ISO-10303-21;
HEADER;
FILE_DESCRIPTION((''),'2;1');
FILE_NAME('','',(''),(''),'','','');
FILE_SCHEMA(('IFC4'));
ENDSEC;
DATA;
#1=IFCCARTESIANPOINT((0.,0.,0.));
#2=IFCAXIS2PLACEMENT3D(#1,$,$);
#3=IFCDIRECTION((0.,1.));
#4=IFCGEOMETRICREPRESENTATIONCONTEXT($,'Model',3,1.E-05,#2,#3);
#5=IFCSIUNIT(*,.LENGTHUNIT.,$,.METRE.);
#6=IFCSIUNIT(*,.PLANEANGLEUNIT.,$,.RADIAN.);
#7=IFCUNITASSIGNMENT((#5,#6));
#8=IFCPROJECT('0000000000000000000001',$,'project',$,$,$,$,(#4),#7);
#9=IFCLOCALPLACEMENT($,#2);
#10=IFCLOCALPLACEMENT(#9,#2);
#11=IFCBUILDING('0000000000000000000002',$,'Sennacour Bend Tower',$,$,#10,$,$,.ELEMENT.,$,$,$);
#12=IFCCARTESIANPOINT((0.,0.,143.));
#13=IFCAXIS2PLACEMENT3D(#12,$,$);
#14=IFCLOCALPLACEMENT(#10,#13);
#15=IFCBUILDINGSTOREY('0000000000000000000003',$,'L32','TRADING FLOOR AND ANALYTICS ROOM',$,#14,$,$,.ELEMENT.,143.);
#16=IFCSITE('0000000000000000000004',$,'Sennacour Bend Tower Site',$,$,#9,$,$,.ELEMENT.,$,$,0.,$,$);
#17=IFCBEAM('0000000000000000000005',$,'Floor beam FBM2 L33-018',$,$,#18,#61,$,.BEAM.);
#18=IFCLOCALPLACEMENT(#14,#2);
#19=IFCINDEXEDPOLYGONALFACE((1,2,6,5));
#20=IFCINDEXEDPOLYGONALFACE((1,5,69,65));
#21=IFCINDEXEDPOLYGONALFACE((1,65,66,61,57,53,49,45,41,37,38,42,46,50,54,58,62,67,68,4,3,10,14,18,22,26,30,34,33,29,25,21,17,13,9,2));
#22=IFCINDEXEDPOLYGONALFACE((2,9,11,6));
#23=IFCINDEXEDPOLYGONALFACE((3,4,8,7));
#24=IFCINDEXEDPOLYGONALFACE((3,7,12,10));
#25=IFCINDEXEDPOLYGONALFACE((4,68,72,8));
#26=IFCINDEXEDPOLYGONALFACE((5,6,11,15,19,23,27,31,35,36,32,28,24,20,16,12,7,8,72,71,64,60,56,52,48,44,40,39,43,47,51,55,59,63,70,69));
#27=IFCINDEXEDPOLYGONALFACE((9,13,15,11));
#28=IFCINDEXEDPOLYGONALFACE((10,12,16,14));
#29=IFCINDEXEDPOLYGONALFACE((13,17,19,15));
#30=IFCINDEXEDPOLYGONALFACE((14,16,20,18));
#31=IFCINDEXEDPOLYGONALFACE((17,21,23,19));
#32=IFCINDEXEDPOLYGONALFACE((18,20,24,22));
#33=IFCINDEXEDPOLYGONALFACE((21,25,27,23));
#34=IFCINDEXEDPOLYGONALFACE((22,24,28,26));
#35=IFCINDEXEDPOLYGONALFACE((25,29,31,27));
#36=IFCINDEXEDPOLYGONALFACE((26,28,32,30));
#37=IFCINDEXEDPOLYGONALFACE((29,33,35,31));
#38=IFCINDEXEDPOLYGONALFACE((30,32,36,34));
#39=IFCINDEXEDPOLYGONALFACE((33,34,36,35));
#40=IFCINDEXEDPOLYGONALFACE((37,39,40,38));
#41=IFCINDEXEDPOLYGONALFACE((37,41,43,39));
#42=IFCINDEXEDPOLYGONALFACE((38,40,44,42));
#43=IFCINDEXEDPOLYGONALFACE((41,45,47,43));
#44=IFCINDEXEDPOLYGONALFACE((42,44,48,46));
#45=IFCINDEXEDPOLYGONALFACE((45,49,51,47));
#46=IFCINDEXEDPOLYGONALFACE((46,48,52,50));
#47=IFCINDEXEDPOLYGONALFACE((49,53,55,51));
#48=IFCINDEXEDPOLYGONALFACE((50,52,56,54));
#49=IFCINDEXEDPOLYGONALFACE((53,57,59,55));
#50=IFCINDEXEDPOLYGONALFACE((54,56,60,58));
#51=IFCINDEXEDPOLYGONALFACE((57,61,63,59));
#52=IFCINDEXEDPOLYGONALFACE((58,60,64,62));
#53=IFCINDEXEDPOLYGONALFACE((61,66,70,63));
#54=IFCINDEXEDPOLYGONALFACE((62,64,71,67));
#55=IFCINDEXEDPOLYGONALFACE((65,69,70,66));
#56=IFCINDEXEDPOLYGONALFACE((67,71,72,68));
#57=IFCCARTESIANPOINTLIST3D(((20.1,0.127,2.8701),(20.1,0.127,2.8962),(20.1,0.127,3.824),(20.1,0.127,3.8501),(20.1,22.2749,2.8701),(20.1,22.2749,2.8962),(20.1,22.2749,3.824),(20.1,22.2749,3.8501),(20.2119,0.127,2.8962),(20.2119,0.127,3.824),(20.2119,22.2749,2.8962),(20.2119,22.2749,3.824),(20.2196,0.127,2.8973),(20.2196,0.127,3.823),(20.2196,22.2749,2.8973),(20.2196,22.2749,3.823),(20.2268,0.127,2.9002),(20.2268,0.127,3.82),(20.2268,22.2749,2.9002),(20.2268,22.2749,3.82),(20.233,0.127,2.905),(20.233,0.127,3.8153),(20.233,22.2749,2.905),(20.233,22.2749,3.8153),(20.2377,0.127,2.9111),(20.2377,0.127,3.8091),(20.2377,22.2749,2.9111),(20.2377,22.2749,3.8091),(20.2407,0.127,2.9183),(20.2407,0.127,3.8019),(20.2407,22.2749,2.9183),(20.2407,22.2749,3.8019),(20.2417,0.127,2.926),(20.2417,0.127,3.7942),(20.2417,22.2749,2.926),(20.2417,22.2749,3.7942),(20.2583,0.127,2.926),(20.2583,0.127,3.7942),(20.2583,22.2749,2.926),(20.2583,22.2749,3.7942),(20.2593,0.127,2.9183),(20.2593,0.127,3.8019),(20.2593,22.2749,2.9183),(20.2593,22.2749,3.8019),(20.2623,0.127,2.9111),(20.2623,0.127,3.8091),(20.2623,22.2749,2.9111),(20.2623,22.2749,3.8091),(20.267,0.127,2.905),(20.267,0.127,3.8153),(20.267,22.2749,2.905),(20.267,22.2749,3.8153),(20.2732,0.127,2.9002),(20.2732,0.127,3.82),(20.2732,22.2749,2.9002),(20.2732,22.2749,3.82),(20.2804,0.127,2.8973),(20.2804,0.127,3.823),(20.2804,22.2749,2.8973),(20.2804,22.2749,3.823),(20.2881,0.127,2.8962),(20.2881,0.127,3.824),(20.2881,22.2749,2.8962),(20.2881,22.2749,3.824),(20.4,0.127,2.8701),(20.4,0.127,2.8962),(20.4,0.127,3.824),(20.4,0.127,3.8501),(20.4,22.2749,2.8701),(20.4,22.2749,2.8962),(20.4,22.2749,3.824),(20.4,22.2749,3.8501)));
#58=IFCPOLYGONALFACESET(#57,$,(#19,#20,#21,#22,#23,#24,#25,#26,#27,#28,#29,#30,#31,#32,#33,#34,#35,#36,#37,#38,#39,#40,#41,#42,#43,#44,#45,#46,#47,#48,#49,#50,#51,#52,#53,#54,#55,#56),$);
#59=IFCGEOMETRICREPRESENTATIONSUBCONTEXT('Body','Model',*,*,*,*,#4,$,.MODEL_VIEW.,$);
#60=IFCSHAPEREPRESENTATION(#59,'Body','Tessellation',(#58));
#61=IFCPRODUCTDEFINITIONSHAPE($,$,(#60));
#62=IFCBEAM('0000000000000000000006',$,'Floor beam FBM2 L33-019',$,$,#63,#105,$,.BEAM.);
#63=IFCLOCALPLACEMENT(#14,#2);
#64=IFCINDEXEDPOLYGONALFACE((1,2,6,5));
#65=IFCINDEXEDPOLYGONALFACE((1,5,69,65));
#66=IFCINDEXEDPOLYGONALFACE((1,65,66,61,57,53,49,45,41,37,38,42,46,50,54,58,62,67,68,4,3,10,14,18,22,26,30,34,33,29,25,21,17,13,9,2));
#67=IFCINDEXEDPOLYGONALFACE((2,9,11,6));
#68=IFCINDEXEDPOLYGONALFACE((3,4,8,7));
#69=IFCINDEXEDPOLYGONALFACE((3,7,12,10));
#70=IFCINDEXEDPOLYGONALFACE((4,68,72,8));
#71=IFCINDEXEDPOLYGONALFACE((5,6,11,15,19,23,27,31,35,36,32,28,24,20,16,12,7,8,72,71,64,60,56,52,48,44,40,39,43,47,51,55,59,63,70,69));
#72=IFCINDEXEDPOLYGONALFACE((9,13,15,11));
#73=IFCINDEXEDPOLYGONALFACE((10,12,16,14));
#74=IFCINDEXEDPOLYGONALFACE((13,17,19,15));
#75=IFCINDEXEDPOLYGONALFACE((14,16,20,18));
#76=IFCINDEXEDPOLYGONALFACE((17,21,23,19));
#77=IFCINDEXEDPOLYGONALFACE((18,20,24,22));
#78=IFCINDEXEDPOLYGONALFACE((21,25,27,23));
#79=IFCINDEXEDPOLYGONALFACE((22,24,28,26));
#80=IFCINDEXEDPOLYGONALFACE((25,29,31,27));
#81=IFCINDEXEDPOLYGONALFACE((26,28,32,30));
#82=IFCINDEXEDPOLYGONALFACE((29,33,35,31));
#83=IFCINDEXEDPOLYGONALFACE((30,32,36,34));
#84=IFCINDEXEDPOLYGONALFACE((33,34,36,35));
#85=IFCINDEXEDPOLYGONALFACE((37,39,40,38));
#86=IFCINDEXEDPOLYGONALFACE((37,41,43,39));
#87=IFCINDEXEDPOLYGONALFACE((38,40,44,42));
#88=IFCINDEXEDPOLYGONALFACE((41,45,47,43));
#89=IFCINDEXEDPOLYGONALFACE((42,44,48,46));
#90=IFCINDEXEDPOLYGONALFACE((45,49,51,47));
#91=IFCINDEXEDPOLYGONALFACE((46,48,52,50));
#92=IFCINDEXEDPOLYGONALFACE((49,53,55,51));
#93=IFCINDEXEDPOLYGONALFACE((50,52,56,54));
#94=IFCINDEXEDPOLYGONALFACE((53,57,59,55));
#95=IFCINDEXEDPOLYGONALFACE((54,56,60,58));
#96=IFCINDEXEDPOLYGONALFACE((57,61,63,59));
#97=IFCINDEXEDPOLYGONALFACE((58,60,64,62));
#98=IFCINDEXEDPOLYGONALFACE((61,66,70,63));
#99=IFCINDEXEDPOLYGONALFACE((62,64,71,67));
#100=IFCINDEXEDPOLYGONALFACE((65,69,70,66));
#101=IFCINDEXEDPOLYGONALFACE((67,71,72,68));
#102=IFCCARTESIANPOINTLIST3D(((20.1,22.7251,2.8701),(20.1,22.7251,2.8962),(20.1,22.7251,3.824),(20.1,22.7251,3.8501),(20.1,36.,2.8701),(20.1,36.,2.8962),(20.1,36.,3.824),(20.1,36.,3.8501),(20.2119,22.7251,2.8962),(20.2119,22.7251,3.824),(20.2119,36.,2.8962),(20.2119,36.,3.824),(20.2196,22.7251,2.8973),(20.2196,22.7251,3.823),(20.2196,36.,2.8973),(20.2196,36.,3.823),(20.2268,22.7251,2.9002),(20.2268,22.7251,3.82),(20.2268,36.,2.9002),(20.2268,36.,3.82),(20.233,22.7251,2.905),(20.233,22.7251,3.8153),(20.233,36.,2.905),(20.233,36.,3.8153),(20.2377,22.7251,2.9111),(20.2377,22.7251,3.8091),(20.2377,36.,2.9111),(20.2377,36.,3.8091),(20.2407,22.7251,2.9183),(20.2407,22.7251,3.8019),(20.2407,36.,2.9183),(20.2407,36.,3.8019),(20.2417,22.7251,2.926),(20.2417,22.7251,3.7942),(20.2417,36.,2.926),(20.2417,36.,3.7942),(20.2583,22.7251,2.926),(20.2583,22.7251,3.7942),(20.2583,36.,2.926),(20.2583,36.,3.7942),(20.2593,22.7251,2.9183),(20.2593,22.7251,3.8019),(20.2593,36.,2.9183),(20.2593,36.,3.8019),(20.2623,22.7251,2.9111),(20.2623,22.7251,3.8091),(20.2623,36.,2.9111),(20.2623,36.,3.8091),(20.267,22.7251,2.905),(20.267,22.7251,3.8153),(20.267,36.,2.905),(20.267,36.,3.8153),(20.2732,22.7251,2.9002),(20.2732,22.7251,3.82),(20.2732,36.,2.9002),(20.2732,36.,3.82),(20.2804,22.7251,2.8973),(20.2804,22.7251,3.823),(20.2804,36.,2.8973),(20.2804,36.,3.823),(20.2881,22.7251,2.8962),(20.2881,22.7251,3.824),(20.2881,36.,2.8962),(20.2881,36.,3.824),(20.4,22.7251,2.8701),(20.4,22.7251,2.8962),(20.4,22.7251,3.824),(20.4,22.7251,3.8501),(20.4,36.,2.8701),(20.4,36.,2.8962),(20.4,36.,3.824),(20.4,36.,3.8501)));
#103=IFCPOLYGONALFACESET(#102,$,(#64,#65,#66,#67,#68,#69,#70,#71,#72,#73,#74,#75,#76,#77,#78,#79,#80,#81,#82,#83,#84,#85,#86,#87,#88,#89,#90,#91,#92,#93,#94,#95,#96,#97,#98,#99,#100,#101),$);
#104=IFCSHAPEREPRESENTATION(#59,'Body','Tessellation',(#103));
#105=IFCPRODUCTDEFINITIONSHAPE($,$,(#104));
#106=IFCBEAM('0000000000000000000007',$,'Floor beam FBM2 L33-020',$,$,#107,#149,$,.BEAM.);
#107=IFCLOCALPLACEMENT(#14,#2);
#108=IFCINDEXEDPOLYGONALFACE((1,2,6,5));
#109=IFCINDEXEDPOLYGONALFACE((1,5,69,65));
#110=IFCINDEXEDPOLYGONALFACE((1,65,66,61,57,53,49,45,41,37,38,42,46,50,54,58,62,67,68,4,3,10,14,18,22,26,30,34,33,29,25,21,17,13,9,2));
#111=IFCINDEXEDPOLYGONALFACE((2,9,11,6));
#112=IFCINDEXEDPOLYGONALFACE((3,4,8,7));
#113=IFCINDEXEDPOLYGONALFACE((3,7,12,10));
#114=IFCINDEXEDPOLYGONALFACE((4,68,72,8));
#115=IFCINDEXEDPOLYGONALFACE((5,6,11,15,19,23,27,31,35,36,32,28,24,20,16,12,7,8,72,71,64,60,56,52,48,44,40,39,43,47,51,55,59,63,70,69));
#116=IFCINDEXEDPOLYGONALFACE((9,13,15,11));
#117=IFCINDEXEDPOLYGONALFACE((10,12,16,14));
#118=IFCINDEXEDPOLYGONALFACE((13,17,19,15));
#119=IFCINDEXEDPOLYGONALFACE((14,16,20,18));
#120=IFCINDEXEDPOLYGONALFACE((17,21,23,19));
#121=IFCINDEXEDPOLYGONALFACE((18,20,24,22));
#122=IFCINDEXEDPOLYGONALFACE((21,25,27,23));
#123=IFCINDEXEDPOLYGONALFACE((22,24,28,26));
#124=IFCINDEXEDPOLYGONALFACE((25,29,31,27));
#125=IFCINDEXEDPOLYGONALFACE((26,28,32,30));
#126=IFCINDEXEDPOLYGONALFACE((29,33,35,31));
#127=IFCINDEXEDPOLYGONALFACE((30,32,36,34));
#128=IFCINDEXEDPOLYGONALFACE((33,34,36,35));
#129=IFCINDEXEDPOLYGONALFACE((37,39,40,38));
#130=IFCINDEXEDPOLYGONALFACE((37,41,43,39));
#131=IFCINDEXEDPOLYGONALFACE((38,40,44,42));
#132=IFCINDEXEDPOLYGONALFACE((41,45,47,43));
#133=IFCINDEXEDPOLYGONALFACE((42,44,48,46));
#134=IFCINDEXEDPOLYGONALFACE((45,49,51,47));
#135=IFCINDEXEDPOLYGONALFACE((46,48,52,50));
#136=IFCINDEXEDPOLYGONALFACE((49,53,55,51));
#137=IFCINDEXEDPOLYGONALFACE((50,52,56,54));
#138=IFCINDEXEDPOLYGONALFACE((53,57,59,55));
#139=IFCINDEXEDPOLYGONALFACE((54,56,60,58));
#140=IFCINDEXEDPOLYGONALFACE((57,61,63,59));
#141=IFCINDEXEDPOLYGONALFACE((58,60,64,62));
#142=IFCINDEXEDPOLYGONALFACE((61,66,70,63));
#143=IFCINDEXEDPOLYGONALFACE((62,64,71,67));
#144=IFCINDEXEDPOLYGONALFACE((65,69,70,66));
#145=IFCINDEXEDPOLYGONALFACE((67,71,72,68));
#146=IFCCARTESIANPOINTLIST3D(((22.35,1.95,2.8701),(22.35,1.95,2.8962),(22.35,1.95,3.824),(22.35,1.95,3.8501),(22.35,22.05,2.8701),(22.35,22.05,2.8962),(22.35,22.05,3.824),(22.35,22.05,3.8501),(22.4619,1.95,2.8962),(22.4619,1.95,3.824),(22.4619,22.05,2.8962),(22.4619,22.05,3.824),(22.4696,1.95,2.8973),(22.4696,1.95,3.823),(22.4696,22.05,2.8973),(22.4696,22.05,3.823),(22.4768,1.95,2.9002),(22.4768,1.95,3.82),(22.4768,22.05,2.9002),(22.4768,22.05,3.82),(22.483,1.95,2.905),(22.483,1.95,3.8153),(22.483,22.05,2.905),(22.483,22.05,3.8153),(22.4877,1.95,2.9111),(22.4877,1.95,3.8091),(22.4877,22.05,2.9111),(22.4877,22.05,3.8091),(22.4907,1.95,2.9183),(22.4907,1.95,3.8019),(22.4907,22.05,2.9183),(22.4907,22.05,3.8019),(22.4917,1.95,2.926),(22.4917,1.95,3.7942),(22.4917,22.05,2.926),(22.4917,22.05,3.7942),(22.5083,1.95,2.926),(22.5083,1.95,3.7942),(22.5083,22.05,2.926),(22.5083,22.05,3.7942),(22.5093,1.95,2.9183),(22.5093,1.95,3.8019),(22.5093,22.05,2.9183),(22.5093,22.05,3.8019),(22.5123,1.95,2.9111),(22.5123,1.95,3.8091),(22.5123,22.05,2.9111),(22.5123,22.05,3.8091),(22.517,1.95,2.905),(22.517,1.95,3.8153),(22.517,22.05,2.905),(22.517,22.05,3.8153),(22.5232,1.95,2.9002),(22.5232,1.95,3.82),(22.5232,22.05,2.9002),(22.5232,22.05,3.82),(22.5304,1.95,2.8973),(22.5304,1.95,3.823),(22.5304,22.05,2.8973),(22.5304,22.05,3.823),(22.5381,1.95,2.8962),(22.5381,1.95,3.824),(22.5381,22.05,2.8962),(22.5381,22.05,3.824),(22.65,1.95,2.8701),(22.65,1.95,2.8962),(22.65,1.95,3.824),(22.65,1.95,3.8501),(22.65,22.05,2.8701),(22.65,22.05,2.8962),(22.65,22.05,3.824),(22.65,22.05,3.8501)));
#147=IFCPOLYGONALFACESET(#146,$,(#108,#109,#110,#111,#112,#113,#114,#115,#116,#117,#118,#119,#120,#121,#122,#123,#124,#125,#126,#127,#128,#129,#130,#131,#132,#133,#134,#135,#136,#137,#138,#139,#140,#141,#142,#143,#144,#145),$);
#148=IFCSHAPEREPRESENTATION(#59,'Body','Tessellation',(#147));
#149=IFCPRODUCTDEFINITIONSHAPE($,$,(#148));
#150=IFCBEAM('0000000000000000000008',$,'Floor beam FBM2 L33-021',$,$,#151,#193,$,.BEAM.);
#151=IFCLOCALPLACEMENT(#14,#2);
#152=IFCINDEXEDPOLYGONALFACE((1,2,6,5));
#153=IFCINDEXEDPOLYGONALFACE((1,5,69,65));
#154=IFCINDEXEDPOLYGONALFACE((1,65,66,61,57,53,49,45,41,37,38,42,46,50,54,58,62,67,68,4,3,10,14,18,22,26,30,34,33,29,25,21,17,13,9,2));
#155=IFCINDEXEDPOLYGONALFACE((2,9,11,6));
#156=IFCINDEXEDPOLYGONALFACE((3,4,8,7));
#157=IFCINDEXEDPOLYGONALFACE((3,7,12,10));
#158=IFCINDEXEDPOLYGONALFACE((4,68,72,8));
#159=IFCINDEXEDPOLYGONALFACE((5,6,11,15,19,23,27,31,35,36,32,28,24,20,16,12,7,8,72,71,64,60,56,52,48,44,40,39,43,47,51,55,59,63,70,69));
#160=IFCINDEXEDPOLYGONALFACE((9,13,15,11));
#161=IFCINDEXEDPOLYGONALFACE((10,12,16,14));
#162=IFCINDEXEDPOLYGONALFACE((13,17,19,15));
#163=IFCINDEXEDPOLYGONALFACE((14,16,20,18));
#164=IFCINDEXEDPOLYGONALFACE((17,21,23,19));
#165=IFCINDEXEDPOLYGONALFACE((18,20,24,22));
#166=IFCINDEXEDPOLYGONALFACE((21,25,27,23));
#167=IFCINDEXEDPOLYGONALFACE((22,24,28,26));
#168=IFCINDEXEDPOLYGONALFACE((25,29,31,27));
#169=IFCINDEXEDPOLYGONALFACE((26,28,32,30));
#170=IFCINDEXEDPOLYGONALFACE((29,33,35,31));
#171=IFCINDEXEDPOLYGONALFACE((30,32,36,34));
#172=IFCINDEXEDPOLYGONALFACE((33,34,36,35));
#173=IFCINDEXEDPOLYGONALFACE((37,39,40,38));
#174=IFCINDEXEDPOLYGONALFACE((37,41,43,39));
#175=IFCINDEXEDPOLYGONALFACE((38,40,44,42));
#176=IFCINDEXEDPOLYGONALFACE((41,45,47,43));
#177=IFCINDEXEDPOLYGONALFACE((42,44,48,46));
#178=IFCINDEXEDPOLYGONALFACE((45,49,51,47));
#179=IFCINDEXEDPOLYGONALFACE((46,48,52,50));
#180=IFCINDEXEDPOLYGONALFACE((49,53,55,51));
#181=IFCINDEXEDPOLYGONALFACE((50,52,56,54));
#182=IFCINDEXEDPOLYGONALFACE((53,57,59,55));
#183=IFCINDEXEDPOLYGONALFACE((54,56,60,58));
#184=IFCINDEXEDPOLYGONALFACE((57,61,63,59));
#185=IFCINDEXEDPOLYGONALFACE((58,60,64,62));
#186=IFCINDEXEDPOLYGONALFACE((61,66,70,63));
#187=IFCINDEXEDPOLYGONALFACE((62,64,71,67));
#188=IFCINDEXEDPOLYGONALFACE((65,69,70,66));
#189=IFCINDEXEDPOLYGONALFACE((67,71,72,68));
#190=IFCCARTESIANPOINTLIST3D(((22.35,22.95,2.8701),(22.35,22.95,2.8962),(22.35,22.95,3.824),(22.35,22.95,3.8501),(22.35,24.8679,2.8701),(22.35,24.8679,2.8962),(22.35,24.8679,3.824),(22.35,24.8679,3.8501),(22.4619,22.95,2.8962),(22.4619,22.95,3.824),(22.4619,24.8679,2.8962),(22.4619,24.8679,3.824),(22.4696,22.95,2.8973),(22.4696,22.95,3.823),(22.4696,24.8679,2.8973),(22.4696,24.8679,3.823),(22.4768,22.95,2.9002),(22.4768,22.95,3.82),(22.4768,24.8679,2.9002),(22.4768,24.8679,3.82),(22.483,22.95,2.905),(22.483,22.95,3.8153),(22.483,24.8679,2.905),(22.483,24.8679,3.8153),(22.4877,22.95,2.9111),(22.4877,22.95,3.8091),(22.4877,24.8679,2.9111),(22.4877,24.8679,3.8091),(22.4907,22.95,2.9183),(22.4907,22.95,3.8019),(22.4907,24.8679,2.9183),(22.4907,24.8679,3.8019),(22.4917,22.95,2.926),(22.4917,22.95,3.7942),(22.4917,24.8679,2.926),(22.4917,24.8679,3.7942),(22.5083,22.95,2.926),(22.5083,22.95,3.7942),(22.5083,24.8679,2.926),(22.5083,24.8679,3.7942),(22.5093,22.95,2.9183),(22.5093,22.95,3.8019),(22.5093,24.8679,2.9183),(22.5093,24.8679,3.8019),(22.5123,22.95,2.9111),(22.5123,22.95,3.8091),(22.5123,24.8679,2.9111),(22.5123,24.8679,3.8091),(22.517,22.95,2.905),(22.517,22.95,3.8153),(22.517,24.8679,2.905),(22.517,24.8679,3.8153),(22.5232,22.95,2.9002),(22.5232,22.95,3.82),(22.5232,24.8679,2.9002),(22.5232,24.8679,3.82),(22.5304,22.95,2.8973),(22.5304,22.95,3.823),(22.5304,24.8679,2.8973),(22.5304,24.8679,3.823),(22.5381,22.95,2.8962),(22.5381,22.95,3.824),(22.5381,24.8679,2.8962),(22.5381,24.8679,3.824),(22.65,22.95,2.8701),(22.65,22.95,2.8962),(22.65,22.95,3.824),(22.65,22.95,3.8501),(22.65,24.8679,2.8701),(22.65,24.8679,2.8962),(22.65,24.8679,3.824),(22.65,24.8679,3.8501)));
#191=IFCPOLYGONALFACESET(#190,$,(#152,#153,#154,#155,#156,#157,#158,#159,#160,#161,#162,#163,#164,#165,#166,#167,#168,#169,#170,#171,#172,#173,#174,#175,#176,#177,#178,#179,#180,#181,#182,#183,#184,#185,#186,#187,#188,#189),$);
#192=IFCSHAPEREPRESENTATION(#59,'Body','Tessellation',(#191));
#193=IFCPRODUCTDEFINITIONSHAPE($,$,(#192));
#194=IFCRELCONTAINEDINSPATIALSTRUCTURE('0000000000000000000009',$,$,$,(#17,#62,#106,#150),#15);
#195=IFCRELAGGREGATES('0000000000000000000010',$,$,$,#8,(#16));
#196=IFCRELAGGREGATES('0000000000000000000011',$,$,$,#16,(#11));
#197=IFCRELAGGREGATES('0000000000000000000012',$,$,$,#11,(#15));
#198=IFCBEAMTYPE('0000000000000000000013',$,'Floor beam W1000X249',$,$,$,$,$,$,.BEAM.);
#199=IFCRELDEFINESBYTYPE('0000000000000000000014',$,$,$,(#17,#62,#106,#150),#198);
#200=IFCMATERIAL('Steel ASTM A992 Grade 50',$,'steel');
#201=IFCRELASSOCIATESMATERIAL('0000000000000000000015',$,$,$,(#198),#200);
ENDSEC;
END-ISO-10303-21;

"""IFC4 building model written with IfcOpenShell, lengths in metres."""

from ifc_helpers import new_model, si_unit, direction, frame, origin, origin_2d, place, context, subcontext, project, spatial, i_section, extrude, material, material_profile, profile_set, type_object, element, save


model = new_model("IFC4")

# Units and contexts
model_context = context("Model", 3, precision=1e-05, world=origin(), true_north=direction((0.0, 1.0)))
body_context = subcontext(model_context, "Body", "Model", "MODEL_VIEW")
ifc_project = project(units=[si_unit("LENGTHUNIT", "METRE"), si_unit("PLANEANGLEUNIT", "RADIAN")], contexts=[model_context])

# Site, building, storey
site_placement = place(None, origin())
site = spatial("IfcSite", under=ifc_project, at=site_placement, Name="Sennacour Bend Tower Site", CompositionType="ELEMENT", RefElevation=0.0)
building_placement = place(site_placement, origin())
building = spatial("IfcBuilding", under=site, at=building_placement, Name="Sennacour Bend Tower", CompositionType="ELEMENT")
storey_placement = place(building_placement, frame((0.0, 0.0, 143.0)))
storey = spatial("IfcBuildingStorey", under=building, at=storey_placement, Name="L32", Description="TRADING FLOOR AND ANALYTICS ROOM", CompositionType="ELEMENT", Elevation=143.0)

# Beams
ifc_material_1 = material(Name="Steel ASTM A992 Grade 50", Category="steel")
ifc_material_profile_1 = material_profile(ifc_material_1, i_section(OverallWidth=0.3, OverallDepth=0.98, WebThickness=0.0166, FlangeThickness=0.0261, FilletRadius=0.0298, at=origin_2d()), Name="Steel ASTM A992 Grade 50", Category="steel")
ifc_profile_set_1 = profile_set([ifc_material_profile_1], Name="Steel ASTM A992 Grade 50")
beam_type_1 = type_object("IfcBeamType", Name="Floor beam W1000X249", PredefinedType="BEAM", material=ifc_profile_set_1)
beam_1_placement = place(storey_placement, frame((20.25, 0.127, 3.3601), z_axis=(0.0, 1.0, 0.0), x_axis=(-1.0, 0.0, 0.0)))
element("IfcBeam", 1, at=beam_1_placement, inside=storey, type_object=beam_type_1, Name="Floor beam FBM2 L33-018", PredefinedType="BEAM", context=body_context, shape_type="SweptSolid", body=[
    extrude(i_section(OverallWidth=0.3, OverallDepth=0.98, WebThickness=0.0166, FlangeThickness=0.0261, FilletRadius=0.0298, at=origin_2d()), origin(), (0.0, 0.0, 1.0), 22.1479),
])
beam_2_placement = place(storey_placement, frame((20.25, 22.7251, 3.3601), z_axis=(0.0, 1.0, 0.0), x_axis=(-1.0, 0.0, 0.0)))
element("IfcBeam", 2, at=beam_2_placement, inside=storey, type_object=beam_type_1, Name="Floor beam FBM2 L33-019", PredefinedType="BEAM", context=body_context, shape_type="SweptSolid", body=[
    extrude(i_section(OverallWidth=0.3, OverallDepth=0.98, WebThickness=0.0166, FlangeThickness=0.0261, FilletRadius=0.0298, at=origin_2d()), origin(), (0.0, 0.0, 1.0), 13.2749),
])
beam_3_placement = place(storey_placement, frame((22.5, 1.95, 3.3601), z_axis=(0.0, 1.0, 0.0), x_axis=(-1.0, 0.0, 0.0)))
element("IfcBeam", 3, at=beam_3_placement, inside=storey, type_object=beam_type_1, Name="Floor beam FBM2 L33-020", PredefinedType="BEAM", context=body_context, shape_type="SweptSolid", body=[
    extrude(i_section(OverallWidth=0.3, OverallDepth=0.98, WebThickness=0.0166, FlangeThickness=0.0261, FilletRadius=0.0298, at=origin_2d()), origin(), (0.0, 0.0, 1.0), 20.1001),
])
beam_4_placement = place(storey_placement, frame((22.5, 22.95, 3.3601), z_axis=(0.0, 1.0, 0.0), x_axis=(-1.0, 0.0, 0.0)))
element("IfcBeam", 4, at=beam_4_placement, inside=storey, type_object=beam_type_1, Name="Floor beam FBM2 L33-021", PredefinedType="BEAM", context=body_context, shape_type="SweptSolid", body=[
    extrude(i_section(OverallWidth=0.3, OverallDepth=0.98, WebThickness=0.0166, FlangeThickness=0.0261, FilletRadius=0.0298, at=origin_2d()), origin(), (0.0, 0.0, 1.0), 1.918),
])

save(model, "model.ifc")
